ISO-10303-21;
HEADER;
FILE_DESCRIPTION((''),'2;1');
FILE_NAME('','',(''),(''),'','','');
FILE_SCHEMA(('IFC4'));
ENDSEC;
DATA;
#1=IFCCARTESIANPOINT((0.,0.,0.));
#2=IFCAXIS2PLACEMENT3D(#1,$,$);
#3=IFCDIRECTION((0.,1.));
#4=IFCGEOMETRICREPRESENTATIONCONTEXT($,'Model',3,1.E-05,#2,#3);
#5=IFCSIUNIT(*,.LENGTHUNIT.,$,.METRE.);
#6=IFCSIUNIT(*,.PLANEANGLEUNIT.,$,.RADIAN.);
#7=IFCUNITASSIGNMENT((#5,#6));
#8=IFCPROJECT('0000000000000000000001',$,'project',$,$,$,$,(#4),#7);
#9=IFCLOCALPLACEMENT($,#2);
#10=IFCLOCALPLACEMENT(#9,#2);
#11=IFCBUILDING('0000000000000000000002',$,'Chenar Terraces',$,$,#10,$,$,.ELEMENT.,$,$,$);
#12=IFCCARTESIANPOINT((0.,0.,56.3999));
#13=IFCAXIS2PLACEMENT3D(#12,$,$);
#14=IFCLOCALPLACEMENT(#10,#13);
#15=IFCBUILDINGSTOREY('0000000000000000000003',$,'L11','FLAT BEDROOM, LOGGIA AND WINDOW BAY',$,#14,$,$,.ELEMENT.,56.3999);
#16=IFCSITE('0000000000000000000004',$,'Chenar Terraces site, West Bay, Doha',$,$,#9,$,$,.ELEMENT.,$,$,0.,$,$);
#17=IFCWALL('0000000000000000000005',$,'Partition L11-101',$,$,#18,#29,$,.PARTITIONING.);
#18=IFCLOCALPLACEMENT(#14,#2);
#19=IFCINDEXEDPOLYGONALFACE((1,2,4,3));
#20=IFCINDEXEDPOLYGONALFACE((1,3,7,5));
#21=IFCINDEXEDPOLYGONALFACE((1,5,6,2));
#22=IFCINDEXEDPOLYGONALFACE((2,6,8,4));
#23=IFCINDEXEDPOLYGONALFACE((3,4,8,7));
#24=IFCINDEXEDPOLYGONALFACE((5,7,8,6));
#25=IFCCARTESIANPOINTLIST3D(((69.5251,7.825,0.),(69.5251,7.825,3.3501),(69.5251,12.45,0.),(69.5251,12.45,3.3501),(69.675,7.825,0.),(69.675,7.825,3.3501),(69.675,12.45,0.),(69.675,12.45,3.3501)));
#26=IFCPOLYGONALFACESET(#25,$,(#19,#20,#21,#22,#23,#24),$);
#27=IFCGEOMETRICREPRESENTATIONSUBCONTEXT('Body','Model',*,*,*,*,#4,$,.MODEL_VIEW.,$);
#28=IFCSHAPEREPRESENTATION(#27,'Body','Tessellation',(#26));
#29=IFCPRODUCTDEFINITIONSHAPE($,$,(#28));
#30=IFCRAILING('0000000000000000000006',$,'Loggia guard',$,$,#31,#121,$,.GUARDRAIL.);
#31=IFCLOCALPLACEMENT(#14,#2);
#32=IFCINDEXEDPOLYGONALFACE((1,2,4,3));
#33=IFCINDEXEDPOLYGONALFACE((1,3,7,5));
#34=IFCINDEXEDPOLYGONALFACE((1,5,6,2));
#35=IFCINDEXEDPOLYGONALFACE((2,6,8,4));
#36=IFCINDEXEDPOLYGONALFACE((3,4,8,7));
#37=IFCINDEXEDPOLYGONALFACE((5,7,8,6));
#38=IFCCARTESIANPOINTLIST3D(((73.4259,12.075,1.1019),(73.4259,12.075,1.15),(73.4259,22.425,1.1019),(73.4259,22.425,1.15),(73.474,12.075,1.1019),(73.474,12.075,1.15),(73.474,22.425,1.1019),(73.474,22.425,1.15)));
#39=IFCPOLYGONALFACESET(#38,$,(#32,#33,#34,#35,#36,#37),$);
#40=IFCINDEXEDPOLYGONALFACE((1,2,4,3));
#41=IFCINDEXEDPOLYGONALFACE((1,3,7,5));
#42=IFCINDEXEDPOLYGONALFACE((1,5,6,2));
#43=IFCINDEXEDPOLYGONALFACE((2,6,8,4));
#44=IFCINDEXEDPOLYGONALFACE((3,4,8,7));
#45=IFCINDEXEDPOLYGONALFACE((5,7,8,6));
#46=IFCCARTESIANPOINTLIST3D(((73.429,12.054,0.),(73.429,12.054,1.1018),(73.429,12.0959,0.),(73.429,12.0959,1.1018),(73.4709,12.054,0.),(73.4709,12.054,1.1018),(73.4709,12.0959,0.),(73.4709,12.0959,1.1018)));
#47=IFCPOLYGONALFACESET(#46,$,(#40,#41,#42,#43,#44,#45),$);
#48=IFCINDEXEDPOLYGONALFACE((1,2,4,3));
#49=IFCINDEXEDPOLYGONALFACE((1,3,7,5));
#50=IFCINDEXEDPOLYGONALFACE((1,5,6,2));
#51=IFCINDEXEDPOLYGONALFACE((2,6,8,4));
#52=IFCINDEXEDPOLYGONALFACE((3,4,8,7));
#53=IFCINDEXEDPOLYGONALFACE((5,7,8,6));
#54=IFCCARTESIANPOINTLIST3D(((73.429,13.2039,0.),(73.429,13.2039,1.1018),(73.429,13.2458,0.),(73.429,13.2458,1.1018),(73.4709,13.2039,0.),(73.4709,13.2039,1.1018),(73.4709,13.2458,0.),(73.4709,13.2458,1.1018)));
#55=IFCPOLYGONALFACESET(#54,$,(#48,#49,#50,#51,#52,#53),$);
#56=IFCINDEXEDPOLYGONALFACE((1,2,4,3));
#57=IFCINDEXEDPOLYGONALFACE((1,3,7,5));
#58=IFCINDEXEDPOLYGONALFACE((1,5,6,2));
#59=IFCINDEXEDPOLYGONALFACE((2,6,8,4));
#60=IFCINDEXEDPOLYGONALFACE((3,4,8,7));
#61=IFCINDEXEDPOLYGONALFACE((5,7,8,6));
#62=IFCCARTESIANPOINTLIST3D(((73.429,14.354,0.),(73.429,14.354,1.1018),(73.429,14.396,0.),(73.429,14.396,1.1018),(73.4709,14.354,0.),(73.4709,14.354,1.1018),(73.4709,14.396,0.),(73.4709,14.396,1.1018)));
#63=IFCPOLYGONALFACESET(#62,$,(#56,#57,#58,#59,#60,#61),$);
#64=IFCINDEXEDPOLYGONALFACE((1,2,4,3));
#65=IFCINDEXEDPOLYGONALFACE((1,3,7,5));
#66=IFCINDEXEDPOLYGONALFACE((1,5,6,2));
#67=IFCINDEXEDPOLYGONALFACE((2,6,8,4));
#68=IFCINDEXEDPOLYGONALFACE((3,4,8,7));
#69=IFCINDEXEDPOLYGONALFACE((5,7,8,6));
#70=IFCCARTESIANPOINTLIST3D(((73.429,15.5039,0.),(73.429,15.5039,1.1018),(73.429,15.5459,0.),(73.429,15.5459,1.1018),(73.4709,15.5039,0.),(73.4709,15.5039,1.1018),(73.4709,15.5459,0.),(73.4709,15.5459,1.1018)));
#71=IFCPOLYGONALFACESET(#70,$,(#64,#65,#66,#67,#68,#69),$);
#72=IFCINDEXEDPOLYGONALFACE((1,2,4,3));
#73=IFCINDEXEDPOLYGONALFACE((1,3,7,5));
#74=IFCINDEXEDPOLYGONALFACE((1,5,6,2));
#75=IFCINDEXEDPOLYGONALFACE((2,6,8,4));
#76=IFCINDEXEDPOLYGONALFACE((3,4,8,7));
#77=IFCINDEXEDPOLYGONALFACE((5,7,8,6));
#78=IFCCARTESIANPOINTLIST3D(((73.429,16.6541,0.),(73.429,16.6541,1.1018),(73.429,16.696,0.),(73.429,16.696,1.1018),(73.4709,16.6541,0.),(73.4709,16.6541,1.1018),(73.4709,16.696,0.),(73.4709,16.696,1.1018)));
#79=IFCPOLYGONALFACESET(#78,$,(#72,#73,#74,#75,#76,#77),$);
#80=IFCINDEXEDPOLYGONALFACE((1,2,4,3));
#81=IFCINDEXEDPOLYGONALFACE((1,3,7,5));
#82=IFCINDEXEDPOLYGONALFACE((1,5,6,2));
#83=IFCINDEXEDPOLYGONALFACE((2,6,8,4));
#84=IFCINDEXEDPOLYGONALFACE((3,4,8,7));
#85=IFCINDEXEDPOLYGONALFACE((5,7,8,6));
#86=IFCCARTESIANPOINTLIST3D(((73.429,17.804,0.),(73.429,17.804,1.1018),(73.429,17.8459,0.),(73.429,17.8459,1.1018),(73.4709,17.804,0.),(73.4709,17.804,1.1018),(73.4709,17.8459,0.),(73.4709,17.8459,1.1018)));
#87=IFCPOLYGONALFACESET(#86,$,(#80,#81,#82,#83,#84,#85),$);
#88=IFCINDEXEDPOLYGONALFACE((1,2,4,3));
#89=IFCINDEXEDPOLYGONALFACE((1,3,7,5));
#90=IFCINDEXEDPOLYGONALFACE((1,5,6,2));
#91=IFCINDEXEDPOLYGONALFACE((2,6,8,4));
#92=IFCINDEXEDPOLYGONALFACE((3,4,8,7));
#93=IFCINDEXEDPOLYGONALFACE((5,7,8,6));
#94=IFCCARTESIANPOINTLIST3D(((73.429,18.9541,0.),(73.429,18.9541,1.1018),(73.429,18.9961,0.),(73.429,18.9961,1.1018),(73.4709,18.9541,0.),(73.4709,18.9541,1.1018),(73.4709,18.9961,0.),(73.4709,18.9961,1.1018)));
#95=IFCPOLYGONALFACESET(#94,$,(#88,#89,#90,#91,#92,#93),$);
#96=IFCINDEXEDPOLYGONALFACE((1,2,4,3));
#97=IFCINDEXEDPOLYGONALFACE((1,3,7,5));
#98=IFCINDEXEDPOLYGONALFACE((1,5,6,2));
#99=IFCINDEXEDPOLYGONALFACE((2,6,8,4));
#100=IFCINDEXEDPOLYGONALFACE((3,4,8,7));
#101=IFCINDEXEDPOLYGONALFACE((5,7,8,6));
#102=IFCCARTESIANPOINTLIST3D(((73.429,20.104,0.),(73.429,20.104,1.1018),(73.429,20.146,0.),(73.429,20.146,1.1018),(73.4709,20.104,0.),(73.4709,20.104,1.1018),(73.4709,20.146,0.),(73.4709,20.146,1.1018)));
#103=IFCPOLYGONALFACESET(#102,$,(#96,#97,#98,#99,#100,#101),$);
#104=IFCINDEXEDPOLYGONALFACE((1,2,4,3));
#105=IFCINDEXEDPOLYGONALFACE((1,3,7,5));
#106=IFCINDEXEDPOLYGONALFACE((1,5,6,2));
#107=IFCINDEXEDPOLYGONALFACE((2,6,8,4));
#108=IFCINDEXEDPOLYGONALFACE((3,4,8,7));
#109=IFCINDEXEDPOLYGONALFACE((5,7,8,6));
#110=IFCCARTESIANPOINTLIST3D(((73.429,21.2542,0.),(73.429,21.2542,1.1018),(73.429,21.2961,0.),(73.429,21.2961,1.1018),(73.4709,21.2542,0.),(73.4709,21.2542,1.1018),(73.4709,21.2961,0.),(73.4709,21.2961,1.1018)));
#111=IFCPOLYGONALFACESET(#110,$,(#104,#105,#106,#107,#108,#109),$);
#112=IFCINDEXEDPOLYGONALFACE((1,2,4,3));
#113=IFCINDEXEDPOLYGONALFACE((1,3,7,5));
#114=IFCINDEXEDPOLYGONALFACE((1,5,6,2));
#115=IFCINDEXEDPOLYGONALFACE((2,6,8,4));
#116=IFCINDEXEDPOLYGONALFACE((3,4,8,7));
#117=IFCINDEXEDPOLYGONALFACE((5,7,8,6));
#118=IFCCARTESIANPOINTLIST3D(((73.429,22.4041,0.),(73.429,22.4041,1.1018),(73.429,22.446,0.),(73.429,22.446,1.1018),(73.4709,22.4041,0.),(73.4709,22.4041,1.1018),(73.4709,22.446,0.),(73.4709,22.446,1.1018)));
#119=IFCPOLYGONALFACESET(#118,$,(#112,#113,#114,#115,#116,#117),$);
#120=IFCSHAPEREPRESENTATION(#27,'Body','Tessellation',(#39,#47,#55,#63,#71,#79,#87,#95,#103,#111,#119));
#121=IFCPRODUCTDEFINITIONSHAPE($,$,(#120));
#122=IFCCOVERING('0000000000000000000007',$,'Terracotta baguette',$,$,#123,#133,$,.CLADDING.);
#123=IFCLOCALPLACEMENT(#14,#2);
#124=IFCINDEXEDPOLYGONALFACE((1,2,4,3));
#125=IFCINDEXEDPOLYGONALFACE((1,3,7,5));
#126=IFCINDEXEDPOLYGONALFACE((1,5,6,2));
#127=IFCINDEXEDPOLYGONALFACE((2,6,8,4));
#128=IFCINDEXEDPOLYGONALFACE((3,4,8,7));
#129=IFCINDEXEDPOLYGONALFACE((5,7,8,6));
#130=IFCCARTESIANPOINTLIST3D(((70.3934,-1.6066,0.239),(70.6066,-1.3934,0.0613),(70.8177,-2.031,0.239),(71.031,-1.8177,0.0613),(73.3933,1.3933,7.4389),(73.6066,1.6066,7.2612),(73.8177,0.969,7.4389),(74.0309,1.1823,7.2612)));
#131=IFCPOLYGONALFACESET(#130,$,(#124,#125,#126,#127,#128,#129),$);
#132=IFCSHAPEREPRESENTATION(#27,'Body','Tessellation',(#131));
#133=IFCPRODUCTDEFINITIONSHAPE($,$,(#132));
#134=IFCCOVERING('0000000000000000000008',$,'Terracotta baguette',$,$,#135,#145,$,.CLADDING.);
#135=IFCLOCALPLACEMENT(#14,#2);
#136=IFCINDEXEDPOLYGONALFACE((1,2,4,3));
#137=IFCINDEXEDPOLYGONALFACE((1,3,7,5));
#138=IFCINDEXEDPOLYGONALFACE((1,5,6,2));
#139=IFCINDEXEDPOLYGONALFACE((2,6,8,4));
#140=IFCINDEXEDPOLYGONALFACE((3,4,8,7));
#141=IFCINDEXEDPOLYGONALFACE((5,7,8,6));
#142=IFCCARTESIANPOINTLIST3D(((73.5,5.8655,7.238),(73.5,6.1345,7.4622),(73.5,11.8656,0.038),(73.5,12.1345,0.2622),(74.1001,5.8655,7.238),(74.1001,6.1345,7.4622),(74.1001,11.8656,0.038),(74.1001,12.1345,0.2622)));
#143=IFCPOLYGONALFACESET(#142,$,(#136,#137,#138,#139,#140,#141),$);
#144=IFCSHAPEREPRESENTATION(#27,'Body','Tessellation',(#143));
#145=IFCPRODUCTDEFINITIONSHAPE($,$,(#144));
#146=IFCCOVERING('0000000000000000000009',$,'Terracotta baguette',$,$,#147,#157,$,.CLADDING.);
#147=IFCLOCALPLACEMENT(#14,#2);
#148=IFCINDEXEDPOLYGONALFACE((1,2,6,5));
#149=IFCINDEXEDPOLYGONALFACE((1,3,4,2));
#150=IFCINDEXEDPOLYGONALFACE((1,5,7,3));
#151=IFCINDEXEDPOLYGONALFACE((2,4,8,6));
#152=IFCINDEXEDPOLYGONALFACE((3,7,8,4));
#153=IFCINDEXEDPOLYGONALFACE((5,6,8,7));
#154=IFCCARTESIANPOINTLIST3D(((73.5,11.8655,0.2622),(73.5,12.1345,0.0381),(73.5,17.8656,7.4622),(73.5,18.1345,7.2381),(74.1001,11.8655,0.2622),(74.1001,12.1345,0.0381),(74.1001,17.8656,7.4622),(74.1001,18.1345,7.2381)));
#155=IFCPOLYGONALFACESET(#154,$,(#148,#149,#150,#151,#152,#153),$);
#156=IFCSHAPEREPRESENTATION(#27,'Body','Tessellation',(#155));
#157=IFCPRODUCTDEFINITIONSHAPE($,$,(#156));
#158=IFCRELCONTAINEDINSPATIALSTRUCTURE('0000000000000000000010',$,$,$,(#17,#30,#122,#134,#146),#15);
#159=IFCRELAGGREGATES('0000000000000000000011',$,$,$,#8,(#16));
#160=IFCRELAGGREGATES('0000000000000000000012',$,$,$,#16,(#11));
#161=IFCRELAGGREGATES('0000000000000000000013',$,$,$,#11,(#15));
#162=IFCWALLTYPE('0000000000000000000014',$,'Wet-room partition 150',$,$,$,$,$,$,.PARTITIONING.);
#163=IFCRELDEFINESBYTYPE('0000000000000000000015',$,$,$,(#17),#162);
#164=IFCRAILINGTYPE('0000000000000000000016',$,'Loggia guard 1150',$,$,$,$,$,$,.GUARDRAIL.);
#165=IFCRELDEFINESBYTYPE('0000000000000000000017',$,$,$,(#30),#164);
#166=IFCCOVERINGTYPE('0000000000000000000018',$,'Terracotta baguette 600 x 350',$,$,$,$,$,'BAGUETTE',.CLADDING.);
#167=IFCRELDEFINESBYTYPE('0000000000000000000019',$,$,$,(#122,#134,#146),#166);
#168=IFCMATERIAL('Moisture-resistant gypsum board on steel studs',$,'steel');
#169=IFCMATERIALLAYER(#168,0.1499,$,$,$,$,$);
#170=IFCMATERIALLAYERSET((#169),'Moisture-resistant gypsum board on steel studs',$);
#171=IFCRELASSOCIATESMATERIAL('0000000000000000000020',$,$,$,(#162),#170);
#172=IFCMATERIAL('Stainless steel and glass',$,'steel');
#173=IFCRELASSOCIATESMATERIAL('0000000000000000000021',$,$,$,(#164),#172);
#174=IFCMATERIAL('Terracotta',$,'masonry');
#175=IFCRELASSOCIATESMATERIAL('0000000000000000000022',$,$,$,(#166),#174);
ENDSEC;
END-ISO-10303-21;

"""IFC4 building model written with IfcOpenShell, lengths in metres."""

from ifc_helpers import new_model, si_unit, direction, frame, frame_2d, origin, origin_2d, place, context, subcontext, project, spatial, rectangle, extrude, material, layer, layer_set, material_profile, profile_set, type_object, element, save


model = new_model("IFC4")

# Units and contexts
model_context = context("Model", 3, precision=1e-05, world=origin(), true_north=direction((0.0, 1.0)))
body_context = subcontext(model_context, "Body", "Model", "MODEL_VIEW")
ifc_project = project(units=[si_unit("LENGTHUNIT", "METRE"), si_unit("PLANEANGLEUNIT", "RADIAN")], contexts=[model_context])

# Site, building, storey
site_placement = place(None, origin())
site = spatial("IfcSite", under=ifc_project, at=site_placement, Name="Chenar Terraces site, West Bay, Doha", CompositionType="ELEMENT", RefElevation=0.0)
building_placement = place(site_placement, origin())
building = spatial("IfcBuilding", under=site, at=building_placement, Name="Chenar Terraces", CompositionType="ELEMENT")
storey_placement = place(building_placement, frame((0.0, 0.0, 56.3999)))
storey = spatial("IfcBuildingStorey", under=building, at=storey_placement, Name="L11", Description="FLAT BEDROOM, LOGGIA AND WINDOW BAY", CompositionType="ELEMENT", Elevation=56.3999)

# Shared definitions
ifc_material_1 = material(Name="Moisture-resistant gypsum board on steel studs", Category="steel")
ifc_layer_1 = layer(ifc_material_1, 0.1499)
ifc_layer_set_1 = layer_set([ifc_layer_1], Name="Moisture-resistant gypsum board on steel studs")
wall_type_1 = type_object("IfcWallType", Name="Wet-room partition 150", PredefinedType="PARTITIONING", material=ifc_layer_set_1)

# Wall
wall_1_placement = place(storey_placement, frame((69.6001, 7.825, 0.0), z_axis=(0.0, 0.0, 1.0), x_axis=(0.0, 1.0, 0.0)))
element("IfcWall", 1, at=wall_1_placement, inside=storey, type_object=wall_type_1, Name="Partition L11-101", PredefinedType="PARTITIONING", context=body_context, shape_type="SweptSolid", body=[
    extrude(rectangle(XDim=4.625, YDim=0.1499, at=frame_2d((2.3125, 0.0))), origin(), (0.0, 0.0, 1.0), 3.3501),
])

# Railing
ifc_material_2 = material(Name="Stainless steel and glass", Category="steel")
railing_type = type_object("IfcRailingType", Name="Loggia guard 1150", PredefinedType="GUARDRAIL", material=ifc_material_2)
railing_placement = place(storey_placement, frame((73.45, 12.075, 0.0)))
element("IfcRailing", 2, at=railing_placement, inside=storey, type_object=railing_type, Name="Loggia guard", PredefinedType="GUARDRAIL", context=body_context, shape_type="SweptSolid", body=[
    extrude(rectangle(XDim=0.0481, YDim=0.0481, at=origin_2d()), frame((0.0, 0.0, 1.126), z_axis=(0.0, 1.0, 0.0), x_axis=(-1.0, 0.0, 0.0)), (0.0, 0.0, 1.0), 10.3501),
    extrude(rectangle(XDim=0.042, YDim=0.042, at=origin_2d()), origin(), (0.0, 0.0, 1.0), 1.1018),
    extrude(rectangle(XDim=0.042, YDim=0.042, at=origin_2d()), frame((0.0, 1.1499, 0.0)), (0.0, 0.0, 1.0), 1.1018),
    extrude(rectangle(XDim=0.042, YDim=0.042, at=origin_2d()), frame((0.0, 2.3, 0.0)), (0.0, 0.0, 1.0), 1.1018),
    extrude(rectangle(XDim=0.042, YDim=0.042, at=origin_2d()), frame((0.0, 3.45, 0.0)), (0.0, 0.0, 1.0), 1.1018),
    extrude(rectangle(XDim=0.042, YDim=0.042, at=origin_2d()), frame((0.0, 4.6001, 0.0)), (0.0, 0.0, 1.0), 1.1018),
    extrude(rectangle(XDim=0.042, YDim=0.042, at=origin_2d()), frame((0.0, 5.75, 0.0)), (0.0, 0.0, 1.0), 1.1018),
    extrude(rectangle(XDim=0.042, YDim=0.042, at=origin_2d()), frame((0.0, 6.9001, 0.0)), (0.0, 0.0, 1.0), 1.1018),
    extrude(rectangle(XDim=0.042, YDim=0.042, at=origin_2d()), frame((0.0, 8.05, 0.0)), (0.0, 0.0, 1.0), 1.1018),
    extrude(rectangle(XDim=0.042, YDim=0.042, at=origin_2d()), frame((0.0, 9.2002, 0.0)), (0.0, 0.0, 1.0), 1.1018),
    extrude(rectangle(XDim=0.042, YDim=0.042, at=origin_2d()), frame((0.0, 10.3501, 0.0)), (0.0, 0.0, 1.0), 1.1018),
])

# Coverings
ifc_material_3 = material(Name="Terracotta", Category="masonry")
ifc_material_profile_1 = material_profile(ifc_material_3, rectangle(XDim=0.6001, YDim=0.3501, at=origin_2d()), Name="Terracotta baguette 600 x 350")
ifc_profile_set_1 = profile_set([ifc_material_profile_1], Name="Terracotta")
covering_type = type_object("IfcCoveringType", Name="Terracotta baguette 600 x 350", ElementType="BAGUETTE", PredefinedType="CLADDING", material=ifc_profile_set_1)
covering_placement = place(storey_placement, frame((70.7122, -1.7122, 0.1501), z_axis=(0.358981, 0.358981, 0.861548), x_axis=(-0.707107, 0.707107, 0.0)))
element("IfcCovering", 3, at=covering_placement, inside=storey, type_object=covering_type, Name="Terracotta baguette", PredefinedType="CLADDING", context=body_context, shape_type="SweptSolid", body=[
    extrude(rectangle(XDim=0.6001, YDim=0.3501, at=origin_2d()), origin(), (0.0, 0.0, 1.0), 8.3569),
])
for number, where, z_axis, x_axis, name in (
    (4, (73.8, 6.0, 7.3501), (0.0, 0.640187, -0.768219), (-1.0, 0.0, 0.0), "Terracotta baguette"),
    (5, (73.8, 12.0, 0.1501), (0.0, 0.640187, 0.768219), (-1.0, 0.0, 0.0), "Terracotta baguette"),
):
    element("IfcCovering", number, at=place(storey_placement, frame(where, z_axis=z_axis, x_axis=x_axis)), inside=storey, type_object=covering_type, Name=name, PredefinedType="CLADDING", context=body_context, shape_type="SweptSolid", body=[
        extrude(rectangle(XDim=0.6001, YDim=0.3501, at=origin_2d()), origin(), (0.0, 0.0, 1.0), 9.3723),
    ])

save(model, "model.ifc")
